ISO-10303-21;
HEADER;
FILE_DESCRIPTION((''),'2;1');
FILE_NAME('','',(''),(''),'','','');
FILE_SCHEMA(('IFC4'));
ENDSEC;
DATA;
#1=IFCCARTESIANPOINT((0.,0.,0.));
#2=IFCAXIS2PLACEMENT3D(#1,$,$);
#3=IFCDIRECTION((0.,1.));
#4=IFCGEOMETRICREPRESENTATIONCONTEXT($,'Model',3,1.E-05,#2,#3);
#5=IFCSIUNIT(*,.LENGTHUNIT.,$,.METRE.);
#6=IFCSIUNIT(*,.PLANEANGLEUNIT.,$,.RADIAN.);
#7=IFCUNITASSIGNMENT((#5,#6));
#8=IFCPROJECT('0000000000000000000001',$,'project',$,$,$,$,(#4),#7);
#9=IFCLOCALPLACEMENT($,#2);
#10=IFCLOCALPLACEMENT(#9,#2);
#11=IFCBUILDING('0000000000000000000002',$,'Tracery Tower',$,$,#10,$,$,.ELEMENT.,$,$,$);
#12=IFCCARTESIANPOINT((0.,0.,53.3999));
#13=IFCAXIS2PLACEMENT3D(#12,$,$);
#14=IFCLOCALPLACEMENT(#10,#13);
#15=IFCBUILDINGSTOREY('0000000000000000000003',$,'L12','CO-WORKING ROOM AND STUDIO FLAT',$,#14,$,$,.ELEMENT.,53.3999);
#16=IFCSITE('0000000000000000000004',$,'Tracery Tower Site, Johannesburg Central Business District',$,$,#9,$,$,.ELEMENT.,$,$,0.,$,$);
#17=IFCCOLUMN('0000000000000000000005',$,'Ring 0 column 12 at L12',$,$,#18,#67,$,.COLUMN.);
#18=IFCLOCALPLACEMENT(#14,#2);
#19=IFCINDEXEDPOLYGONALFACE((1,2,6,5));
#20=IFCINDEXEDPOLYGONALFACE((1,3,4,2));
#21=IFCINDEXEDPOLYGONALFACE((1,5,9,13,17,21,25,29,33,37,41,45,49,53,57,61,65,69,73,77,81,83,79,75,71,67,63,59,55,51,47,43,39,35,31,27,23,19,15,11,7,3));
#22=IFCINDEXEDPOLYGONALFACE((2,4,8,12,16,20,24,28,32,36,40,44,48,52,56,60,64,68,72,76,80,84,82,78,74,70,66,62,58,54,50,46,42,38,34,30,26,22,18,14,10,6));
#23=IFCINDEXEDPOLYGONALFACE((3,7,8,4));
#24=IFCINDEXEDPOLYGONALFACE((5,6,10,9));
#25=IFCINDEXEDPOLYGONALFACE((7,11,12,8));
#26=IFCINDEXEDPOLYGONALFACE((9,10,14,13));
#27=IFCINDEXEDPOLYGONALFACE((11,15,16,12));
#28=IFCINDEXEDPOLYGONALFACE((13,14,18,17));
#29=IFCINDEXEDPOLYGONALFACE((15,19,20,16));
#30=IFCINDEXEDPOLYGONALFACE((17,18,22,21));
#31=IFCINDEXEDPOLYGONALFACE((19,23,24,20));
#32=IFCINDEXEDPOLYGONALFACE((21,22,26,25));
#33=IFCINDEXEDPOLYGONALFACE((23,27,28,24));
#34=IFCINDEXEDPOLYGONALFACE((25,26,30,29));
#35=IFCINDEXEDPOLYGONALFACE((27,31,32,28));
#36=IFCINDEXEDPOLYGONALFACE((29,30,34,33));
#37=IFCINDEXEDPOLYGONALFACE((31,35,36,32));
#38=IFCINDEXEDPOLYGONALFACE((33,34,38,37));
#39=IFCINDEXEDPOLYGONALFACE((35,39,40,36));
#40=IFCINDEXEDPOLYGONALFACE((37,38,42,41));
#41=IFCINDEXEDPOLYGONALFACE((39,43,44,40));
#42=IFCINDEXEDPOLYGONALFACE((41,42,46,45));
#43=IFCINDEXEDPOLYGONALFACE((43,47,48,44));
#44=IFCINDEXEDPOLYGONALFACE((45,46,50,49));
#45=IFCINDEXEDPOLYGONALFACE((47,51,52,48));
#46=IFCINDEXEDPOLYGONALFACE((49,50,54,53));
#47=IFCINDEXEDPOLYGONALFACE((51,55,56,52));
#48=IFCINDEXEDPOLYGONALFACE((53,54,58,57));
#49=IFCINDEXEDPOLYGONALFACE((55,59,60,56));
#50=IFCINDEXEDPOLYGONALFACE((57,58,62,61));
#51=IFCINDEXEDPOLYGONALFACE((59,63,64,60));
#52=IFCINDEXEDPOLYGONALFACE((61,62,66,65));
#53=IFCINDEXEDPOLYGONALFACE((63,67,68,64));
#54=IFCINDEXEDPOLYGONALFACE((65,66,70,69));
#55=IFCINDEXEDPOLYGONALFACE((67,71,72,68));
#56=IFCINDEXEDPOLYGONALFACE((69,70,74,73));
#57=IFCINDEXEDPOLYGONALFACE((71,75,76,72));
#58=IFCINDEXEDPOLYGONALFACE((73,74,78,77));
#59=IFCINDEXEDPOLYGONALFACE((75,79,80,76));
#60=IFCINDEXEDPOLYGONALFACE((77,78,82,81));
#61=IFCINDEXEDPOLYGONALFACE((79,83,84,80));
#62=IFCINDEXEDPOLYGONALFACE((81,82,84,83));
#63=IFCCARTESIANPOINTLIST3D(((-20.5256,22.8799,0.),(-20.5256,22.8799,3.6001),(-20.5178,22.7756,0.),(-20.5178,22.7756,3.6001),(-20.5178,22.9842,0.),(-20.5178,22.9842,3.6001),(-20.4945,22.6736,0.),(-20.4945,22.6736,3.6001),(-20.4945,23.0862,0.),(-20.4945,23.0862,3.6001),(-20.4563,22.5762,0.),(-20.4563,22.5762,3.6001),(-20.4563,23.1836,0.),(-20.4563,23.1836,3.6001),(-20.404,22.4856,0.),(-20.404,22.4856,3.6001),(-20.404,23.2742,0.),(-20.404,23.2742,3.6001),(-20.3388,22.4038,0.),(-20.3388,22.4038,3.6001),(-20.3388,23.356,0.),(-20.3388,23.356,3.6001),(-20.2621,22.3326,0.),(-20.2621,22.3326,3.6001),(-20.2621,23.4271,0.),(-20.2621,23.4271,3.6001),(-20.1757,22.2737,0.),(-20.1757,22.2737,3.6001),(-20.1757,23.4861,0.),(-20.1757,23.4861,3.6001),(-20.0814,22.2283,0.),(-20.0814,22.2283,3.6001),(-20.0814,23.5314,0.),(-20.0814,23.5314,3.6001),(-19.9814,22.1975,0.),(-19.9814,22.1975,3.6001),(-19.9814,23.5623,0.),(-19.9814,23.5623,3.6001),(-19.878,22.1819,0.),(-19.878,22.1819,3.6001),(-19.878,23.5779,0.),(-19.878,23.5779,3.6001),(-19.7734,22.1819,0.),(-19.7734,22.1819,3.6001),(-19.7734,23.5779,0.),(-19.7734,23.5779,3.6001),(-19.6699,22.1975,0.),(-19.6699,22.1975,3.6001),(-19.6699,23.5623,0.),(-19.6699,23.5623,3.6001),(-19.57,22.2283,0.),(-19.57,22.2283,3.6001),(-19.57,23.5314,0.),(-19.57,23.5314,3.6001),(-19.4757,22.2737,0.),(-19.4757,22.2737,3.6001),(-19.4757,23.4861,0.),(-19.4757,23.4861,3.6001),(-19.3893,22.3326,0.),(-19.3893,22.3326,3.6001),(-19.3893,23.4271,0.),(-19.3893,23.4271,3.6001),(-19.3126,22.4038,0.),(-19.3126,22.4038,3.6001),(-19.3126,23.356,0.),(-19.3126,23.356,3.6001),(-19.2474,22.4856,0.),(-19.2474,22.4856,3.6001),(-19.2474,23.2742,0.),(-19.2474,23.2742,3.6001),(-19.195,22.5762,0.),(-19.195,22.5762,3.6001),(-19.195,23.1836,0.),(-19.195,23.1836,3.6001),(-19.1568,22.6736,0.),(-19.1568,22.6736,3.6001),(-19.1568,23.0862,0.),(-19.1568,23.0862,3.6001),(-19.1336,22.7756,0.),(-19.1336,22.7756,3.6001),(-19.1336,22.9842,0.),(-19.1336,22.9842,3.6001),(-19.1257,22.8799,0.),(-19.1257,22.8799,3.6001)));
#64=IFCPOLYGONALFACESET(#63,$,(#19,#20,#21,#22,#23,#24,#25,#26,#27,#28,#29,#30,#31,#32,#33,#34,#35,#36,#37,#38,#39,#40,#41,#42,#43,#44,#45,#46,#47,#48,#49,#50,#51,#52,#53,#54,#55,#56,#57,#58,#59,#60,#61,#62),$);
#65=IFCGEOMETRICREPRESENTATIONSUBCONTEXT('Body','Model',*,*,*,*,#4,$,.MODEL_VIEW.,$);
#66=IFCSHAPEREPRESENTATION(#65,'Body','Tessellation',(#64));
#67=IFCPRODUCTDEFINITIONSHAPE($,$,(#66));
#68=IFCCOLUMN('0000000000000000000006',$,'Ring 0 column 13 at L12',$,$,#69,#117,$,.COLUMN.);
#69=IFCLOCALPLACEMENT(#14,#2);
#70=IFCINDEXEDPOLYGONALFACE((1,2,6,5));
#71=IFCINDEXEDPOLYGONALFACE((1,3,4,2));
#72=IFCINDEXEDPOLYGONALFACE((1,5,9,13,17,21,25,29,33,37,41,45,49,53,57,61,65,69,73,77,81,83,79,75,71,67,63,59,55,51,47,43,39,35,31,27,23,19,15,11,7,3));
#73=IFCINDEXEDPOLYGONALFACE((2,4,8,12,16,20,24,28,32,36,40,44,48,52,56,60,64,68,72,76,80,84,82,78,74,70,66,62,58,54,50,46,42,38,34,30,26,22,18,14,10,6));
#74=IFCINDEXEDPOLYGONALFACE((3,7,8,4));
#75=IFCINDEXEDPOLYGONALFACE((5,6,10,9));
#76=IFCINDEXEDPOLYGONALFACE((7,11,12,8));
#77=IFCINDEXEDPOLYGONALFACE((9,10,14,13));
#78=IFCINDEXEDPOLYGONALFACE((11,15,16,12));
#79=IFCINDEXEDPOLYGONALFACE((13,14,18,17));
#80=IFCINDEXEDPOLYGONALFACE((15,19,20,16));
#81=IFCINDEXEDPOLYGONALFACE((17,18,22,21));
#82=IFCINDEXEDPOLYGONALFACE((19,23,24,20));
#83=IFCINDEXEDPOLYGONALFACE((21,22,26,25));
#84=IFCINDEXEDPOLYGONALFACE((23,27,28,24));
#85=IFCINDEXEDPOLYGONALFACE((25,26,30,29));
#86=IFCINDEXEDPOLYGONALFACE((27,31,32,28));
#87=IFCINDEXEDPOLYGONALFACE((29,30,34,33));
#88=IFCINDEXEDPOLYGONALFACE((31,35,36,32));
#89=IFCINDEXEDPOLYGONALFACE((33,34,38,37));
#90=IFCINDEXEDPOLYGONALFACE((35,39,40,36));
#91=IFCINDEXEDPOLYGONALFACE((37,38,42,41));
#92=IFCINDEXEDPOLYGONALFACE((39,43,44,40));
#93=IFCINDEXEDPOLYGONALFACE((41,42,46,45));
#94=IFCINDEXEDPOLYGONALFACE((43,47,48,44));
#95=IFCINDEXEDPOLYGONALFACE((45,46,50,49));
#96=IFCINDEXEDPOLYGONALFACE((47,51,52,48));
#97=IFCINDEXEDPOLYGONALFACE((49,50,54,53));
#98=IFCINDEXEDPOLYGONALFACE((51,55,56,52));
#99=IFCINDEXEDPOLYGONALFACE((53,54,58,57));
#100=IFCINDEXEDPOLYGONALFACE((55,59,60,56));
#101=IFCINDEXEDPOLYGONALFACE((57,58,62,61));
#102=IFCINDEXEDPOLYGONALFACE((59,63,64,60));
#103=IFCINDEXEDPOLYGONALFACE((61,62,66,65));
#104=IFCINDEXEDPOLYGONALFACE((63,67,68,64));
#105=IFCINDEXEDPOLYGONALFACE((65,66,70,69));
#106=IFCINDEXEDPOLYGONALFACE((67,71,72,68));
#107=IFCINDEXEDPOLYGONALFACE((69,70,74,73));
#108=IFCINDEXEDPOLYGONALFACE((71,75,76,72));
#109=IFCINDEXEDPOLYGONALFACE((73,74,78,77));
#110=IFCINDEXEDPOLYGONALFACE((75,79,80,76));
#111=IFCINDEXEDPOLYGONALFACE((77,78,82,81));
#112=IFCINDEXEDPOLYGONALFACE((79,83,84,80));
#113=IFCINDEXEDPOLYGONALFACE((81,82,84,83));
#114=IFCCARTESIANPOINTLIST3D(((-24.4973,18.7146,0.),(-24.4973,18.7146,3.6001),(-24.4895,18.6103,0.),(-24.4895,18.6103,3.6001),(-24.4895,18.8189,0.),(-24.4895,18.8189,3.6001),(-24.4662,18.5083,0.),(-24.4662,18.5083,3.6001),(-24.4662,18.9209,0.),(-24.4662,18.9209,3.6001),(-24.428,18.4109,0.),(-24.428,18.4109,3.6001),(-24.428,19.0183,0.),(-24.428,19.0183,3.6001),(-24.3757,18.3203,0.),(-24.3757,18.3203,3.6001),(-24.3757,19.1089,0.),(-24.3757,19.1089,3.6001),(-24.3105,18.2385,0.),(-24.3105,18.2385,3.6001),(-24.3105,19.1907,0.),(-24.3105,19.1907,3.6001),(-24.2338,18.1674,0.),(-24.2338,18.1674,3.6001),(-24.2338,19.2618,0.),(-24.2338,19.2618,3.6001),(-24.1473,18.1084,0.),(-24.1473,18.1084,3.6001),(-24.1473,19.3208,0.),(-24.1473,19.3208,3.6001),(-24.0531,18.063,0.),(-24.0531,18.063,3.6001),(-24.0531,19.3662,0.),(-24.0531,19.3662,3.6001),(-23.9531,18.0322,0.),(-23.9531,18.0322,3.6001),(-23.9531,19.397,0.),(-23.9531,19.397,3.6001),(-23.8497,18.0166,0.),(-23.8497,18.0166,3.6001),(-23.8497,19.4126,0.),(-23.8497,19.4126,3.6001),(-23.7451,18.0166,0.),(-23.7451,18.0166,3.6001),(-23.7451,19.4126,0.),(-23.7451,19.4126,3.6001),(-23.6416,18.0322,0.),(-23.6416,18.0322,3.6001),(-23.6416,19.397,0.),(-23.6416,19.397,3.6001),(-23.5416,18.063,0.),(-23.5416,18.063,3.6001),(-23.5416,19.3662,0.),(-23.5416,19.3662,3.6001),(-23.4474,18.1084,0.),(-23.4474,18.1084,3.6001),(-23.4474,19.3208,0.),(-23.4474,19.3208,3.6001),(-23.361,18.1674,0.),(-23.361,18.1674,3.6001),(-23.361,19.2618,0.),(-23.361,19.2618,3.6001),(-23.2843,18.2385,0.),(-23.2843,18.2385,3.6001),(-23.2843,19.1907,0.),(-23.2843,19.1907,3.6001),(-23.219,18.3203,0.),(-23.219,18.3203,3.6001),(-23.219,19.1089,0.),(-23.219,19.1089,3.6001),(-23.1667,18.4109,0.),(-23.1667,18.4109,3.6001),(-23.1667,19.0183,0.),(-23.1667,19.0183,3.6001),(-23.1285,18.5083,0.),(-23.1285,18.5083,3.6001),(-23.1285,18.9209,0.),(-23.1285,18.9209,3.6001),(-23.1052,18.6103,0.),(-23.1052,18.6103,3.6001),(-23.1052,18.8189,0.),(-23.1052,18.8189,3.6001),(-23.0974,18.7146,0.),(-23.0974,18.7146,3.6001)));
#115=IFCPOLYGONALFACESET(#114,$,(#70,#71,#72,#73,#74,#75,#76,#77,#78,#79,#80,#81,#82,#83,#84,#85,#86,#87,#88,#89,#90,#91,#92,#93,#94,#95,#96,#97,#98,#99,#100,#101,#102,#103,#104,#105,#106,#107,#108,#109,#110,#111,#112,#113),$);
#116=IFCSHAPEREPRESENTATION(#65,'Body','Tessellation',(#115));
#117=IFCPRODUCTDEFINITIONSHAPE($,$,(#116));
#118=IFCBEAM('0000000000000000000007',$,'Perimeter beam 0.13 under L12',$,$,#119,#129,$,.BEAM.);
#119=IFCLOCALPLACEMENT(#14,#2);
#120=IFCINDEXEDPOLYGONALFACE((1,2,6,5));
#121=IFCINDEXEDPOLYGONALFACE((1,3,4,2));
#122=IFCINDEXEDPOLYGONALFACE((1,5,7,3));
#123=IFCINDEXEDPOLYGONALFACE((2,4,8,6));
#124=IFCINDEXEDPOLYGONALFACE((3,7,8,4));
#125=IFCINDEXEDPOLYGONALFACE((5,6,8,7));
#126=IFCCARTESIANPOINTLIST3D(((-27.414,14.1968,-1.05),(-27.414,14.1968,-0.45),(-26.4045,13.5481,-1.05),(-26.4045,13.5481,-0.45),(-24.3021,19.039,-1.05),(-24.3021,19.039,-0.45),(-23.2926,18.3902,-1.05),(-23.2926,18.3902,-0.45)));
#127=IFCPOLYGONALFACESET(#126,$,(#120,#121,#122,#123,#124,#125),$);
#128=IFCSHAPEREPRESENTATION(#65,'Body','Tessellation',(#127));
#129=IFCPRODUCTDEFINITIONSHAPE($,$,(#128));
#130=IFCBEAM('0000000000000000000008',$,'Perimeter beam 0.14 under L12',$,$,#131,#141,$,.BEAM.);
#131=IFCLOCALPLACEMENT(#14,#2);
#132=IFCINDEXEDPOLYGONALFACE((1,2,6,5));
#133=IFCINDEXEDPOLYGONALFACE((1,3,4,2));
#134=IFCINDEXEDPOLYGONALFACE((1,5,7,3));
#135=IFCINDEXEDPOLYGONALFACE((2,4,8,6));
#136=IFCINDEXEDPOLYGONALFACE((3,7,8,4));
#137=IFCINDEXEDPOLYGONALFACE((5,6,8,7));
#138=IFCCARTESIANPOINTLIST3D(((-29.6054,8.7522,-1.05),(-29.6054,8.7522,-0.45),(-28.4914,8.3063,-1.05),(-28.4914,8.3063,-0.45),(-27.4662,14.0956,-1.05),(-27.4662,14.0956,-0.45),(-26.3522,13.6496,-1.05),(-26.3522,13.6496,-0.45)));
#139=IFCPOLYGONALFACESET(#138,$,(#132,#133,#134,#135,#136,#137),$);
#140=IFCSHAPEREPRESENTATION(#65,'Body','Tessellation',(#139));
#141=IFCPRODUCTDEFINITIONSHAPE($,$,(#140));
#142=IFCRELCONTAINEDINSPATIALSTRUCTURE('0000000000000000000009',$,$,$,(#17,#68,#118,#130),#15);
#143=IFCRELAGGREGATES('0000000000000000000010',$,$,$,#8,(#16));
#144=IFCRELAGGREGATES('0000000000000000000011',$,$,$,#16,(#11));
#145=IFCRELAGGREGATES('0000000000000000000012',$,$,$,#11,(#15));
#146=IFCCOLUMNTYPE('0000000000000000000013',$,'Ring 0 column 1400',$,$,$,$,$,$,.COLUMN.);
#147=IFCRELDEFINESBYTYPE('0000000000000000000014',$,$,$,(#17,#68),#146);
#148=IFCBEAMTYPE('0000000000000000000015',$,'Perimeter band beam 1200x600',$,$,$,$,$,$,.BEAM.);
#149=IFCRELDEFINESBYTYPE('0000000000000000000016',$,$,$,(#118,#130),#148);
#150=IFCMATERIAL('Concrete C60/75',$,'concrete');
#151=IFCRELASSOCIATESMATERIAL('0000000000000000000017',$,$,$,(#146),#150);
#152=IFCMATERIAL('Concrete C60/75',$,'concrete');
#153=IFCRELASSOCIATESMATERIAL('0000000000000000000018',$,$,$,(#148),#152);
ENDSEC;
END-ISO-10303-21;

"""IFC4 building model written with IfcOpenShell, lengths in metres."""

from ifc_helpers import new_model, si_unit, direction, frame, origin, origin_2d, place, context, subcontext, project, spatial, rectangle, circle, extrude, material, material_profile, profile_set, type_object, element, save


model = new_model("IFC4")

# Units and contexts
model_context = context("Model", 3, precision=1e-05, world=origin(), true_north=direction((0.0, 1.0)))
body_context = subcontext(model_context, "Body", "Model", "MODEL_VIEW")
ifc_project = project(units=[si_unit("LENGTHUNIT", "METRE"), si_unit("PLANEANGLEUNIT", "RADIAN")], contexts=[model_context])

# Site, building, storey
site_placement = place(None, origin())
site = spatial("IfcSite", under=ifc_project, at=site_placement, Name="Tracery Tower Site, Johannesburg Central Business District", CompositionType="ELEMENT", RefElevation=0.0)
building_placement = place(site_placement, origin())
building = spatial("IfcBuilding", under=site, at=building_placement, Name="Tracery Tower", CompositionType="ELEMENT")
storey_placement = place(building_placement, frame((0.0, 0.0, 53.3999)))
storey = spatial("IfcBuildingStorey", under=building, at=storey_placement, Name="L12", Description="CO-WORKING ROOM AND STUDIO FLAT", CompositionType="ELEMENT", Elevation=53.3999)

# Columns
ifc_material_1 = material(Name="Concrete C60/75", Category="concrete")
ifc_material_profile_1 = material_profile(ifc_material_1, circle(Radius=0.7, at=origin_2d()), Name="RC D1400")
ifc_profile_set_1 = profile_set([ifc_material_profile_1], Name="Concrete C60/75")
column_type = type_object("IfcColumnType", Name="Ring 0 column 1400", PredefinedType="COLUMN", material=ifc_profile_set_1)
for number, where, z_axis, x_axis, name in (
    (1, (-19.8257, 22.8799, 0.0), (0.0, 0.0, 1.0), (1.0, 0.0, 0.0), "Ring 0 column 12 at L12"),
    (2, (-23.7974, 18.7146, 0.0), (0.0, 0.0, 1.0), (1.0, 0.0, 0.0), "Ring 0 column 13 at L12"),
):
    element("IfcColumn", number, at=place(storey_placement, frame(where, z_axis=z_axis, x_axis=x_axis)), inside=storey, type_object=column_type, Name=name, PredefinedType="COLUMN", context=body_context, shape_type="SweptSolid", body=[
        extrude(circle(Radius=0.7, at=origin_2d()), origin(), (0.0, 0.0, 1.0), 3.6001),
    ])

# Beams
ifc_material_2 = material(Name="Concrete C60/75", Category="concrete")
ifc_material_profile_2 = material_profile(ifc_material_2, rectangle(XDim=1.2, YDim=0.6001, at=origin_2d()), Name="RC 1200x600")
ifc_profile_set_2 = profile_set([ifc_material_profile_2], Name="Concrete C60/75")
beam_type = type_object("IfcBeamType", Name="Perimeter band beam 1200x600", PredefinedType="BEAM", material=ifc_profile_set_2)
beam_1_placement = place(storey_placement, frame((-23.7974, 18.7146, -0.75), z_axis=(-0.540644, -0.841252, 0.0), x_axis=(0.841252, -0.540644, 0.0)))
element("IfcBeam", 3, at=beam_1_placement, inside=storey, type_object=beam_type, Name="Perimeter beam 0.13 under L12", PredefinedType="BEAM", context=body_context, shape_type="SweptSolid", body=[
    extrude(rectangle(XDim=1.2, YDim=0.6001, at=origin_2d()), origin(), (0.0, 0.0, 1.0), 5.7559),
])
beam_2_placement = place(storey_placement, frame((-26.9092, 13.8726, -0.75), z_axis=(-0.371669, -0.928365, 0.0), x_axis=(0.928365, -0.371669, 0.0)))
element("IfcBeam", 4, at=beam_2_placement, inside=storey, type_object=beam_type, Name="Perimeter beam 0.14 under L12", PredefinedType="BEAM", context=body_context, shape_type="SweptSolid", body=[
    extrude(rectangle(XDim=1.2, YDim=0.6001, at=origin_2d()), origin(), (0.0, 0.0, 1.0), 5.7556),
])

save(model, "model.ifc")
